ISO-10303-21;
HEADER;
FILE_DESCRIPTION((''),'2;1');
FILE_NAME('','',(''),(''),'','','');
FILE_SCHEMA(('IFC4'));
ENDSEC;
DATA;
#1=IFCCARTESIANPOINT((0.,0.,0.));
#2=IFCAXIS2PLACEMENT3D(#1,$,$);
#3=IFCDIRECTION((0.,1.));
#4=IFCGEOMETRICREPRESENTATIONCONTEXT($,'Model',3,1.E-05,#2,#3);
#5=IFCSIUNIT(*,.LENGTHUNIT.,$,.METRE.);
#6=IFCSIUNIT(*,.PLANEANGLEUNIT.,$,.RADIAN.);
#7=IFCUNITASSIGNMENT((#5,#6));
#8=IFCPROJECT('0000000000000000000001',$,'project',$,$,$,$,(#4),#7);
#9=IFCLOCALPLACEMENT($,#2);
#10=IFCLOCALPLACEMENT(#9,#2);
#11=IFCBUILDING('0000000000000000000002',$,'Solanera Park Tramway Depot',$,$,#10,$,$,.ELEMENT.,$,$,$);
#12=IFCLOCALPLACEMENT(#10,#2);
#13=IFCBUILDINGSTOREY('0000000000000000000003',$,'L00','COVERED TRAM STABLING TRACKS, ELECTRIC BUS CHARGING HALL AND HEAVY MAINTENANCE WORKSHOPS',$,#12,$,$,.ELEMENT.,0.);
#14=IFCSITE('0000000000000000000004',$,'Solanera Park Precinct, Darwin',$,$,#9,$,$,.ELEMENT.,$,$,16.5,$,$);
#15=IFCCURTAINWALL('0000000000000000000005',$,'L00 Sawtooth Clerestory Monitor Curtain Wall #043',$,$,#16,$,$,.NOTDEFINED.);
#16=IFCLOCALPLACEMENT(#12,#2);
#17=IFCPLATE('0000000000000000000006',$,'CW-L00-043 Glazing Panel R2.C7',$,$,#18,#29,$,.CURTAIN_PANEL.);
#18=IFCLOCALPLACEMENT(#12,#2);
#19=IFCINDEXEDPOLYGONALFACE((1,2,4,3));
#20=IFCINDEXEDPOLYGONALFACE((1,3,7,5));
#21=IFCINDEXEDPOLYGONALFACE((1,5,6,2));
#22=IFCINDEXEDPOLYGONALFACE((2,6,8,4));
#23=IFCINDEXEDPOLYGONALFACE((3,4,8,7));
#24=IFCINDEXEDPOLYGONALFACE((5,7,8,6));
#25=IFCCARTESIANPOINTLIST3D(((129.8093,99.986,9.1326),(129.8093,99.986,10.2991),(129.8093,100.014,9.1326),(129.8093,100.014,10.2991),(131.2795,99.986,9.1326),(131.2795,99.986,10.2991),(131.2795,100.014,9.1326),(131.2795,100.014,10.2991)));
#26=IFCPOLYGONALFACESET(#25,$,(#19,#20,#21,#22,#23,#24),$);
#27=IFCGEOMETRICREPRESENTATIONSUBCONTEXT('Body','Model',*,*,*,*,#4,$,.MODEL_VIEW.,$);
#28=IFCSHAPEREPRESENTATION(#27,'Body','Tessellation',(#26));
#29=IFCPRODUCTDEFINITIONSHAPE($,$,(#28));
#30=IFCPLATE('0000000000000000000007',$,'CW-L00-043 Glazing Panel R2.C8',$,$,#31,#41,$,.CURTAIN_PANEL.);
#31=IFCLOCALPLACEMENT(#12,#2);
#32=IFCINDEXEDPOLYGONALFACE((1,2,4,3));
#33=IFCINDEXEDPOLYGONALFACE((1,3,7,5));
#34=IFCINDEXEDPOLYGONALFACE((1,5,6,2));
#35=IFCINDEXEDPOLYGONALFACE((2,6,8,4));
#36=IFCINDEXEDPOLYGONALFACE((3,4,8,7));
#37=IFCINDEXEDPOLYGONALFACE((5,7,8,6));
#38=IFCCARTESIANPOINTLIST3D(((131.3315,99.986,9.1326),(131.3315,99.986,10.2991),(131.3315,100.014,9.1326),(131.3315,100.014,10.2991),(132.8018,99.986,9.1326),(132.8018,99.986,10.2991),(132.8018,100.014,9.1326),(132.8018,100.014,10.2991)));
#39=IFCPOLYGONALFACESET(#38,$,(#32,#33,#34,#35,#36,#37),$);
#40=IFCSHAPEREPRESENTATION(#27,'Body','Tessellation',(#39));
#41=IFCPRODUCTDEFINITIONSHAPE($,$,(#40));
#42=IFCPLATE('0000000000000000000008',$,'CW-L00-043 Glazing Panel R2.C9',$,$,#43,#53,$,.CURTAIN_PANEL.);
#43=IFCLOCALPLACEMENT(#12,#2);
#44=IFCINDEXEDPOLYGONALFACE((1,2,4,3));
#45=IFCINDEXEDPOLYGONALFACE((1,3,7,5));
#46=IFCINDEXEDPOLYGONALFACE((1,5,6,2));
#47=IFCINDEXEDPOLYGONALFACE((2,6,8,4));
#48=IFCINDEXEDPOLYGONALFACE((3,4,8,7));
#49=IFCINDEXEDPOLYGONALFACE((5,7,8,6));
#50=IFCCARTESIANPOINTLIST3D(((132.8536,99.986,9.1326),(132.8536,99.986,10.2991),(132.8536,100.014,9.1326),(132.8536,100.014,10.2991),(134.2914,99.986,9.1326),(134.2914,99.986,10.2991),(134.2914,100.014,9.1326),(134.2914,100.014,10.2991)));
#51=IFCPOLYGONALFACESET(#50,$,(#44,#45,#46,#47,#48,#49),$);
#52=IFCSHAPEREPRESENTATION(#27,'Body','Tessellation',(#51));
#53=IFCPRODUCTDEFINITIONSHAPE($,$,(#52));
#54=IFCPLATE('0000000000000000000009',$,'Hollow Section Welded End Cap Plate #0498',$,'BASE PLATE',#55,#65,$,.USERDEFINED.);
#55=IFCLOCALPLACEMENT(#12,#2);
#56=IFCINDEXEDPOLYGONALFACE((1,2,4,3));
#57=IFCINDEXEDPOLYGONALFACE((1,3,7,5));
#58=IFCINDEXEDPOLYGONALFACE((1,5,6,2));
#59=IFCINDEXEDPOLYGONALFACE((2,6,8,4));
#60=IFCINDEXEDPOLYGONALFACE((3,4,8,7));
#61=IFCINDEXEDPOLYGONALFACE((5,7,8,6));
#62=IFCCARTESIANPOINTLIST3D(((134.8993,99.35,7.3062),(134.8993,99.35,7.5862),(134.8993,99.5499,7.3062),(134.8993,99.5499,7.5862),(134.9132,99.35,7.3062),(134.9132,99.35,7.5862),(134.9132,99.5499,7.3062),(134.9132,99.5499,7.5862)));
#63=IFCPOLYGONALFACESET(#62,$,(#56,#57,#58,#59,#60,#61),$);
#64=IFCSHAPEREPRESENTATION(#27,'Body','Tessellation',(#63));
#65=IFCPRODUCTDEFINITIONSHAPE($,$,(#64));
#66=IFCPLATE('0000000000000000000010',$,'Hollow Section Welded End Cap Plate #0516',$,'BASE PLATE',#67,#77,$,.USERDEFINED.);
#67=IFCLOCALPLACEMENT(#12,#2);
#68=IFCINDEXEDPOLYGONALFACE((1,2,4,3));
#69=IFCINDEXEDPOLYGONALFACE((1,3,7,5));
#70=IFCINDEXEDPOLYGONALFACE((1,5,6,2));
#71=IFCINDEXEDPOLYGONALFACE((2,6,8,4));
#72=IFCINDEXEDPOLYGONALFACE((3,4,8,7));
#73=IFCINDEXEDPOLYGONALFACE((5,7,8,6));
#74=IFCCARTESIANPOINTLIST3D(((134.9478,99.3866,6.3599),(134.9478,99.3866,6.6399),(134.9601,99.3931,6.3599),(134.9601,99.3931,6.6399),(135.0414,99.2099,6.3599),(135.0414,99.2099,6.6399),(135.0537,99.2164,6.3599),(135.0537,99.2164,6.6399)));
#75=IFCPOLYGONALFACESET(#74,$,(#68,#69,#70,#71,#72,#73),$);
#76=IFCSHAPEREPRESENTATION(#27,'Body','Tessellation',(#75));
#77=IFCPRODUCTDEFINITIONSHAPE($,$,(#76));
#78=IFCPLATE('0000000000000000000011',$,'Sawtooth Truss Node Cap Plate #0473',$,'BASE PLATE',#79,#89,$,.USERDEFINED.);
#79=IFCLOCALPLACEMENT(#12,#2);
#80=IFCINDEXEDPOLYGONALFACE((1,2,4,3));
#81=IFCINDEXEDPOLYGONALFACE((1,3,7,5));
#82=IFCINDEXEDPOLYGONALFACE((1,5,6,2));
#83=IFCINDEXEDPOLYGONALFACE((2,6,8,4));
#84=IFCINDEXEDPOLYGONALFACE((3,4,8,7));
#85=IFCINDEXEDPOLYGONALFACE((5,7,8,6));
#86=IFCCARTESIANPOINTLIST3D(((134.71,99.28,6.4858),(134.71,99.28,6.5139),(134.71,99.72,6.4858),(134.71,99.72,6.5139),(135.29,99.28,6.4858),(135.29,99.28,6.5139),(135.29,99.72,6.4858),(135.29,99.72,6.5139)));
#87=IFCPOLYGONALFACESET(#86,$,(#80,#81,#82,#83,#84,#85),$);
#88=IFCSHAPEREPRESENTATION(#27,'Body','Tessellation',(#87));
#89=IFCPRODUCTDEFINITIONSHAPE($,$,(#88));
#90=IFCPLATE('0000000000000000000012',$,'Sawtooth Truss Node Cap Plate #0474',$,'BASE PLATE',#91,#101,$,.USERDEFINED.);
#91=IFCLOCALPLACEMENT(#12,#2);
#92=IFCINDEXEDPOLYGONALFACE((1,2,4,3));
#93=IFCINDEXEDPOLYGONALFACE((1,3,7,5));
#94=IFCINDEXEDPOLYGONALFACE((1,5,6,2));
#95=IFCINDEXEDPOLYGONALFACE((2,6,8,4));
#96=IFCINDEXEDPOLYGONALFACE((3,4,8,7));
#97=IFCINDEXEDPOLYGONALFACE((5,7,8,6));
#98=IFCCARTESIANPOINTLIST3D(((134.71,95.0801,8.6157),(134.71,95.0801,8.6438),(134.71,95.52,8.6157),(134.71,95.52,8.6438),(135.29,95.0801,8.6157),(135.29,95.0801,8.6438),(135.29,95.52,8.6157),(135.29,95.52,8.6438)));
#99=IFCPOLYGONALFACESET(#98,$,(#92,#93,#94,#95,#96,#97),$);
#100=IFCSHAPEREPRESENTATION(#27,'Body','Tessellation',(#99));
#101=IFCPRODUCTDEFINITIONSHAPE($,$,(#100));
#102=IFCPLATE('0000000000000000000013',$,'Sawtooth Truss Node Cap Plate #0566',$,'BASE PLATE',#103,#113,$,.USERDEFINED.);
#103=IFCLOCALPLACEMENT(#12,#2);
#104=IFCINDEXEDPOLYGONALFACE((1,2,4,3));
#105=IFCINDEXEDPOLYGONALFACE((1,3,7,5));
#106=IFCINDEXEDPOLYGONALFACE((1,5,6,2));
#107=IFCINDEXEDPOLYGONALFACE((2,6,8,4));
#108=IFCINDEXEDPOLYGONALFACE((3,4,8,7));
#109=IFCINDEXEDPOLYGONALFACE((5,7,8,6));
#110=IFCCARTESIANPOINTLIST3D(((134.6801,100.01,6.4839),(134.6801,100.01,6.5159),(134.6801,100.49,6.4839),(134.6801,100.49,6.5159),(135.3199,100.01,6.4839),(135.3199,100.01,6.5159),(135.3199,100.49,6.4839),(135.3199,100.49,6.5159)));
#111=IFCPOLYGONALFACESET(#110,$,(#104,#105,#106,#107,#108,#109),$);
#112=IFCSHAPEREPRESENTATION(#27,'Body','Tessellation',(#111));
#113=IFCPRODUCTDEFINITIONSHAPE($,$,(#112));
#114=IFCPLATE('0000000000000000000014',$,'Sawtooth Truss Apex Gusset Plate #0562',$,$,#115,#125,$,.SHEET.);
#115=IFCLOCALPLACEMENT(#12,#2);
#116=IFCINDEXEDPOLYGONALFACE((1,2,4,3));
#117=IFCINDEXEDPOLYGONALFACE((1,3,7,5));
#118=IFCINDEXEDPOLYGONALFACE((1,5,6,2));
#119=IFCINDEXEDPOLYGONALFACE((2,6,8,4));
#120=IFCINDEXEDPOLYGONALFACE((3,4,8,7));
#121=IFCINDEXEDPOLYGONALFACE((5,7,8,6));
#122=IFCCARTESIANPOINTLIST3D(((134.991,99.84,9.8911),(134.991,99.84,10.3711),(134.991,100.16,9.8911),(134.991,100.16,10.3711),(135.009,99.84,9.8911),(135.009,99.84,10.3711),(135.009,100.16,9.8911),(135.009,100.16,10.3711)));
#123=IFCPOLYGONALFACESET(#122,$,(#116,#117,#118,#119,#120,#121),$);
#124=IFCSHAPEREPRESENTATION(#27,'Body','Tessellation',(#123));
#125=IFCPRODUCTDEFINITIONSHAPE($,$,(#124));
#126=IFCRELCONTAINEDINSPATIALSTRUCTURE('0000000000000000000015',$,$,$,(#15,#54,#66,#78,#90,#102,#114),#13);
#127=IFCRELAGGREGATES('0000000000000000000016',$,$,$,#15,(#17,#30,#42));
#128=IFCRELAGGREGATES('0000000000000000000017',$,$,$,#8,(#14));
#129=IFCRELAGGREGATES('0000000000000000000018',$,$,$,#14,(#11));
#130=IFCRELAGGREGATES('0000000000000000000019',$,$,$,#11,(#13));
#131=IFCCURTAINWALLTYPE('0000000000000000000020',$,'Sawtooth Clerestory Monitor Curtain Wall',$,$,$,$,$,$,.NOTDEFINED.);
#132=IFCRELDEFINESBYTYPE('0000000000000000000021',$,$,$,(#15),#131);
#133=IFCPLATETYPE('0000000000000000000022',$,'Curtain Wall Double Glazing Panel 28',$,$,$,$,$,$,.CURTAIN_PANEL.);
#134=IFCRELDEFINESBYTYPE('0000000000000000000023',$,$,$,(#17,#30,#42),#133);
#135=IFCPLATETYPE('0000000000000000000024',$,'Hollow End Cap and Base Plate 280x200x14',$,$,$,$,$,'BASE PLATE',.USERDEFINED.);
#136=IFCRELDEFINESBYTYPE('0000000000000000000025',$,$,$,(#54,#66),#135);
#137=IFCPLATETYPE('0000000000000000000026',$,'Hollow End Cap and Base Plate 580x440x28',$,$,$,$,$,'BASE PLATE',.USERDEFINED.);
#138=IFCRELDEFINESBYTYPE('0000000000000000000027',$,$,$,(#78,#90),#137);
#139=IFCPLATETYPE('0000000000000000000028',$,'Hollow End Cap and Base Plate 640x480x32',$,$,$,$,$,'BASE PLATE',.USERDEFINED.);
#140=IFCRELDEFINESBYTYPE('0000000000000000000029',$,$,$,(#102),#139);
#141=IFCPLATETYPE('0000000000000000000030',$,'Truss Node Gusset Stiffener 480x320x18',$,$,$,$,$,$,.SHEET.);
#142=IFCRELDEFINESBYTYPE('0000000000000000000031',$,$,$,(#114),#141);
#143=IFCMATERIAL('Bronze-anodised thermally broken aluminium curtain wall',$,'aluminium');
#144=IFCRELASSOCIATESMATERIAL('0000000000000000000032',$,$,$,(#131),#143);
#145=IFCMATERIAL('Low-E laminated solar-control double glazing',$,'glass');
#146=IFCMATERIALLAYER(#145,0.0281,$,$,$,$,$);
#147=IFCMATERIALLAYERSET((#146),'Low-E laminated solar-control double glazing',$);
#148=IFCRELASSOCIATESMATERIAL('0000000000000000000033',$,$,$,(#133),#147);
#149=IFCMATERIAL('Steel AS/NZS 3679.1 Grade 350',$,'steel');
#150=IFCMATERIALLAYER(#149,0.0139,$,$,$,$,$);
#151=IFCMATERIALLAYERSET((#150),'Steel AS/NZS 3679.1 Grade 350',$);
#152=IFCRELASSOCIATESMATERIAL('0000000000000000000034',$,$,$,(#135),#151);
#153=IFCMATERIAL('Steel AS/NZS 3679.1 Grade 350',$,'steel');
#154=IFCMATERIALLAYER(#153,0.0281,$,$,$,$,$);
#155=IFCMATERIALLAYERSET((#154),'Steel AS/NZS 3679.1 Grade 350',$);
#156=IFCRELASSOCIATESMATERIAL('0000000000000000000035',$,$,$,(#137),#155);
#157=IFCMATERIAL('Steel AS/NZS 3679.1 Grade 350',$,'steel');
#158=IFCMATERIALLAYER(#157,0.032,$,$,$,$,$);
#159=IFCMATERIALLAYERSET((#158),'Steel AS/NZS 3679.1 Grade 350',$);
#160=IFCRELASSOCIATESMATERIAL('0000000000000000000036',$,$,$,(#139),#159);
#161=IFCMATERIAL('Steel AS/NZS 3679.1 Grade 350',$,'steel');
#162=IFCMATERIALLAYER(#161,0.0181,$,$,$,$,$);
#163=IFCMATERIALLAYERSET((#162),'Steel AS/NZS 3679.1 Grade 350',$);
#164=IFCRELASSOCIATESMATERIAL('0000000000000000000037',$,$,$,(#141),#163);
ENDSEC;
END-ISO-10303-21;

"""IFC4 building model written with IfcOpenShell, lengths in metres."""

from ifc_helpers import new_model, si_unit, direction, frame, origin, origin_2d, place, context, subcontext, project, spatial, rectangle, extrude, material, layer, layer_set, type_object, element, aggregate, save


model = new_model("IFC4")

# Units and contexts
model_context = context("Model", 3, precision=1e-05, world=origin(), true_north=direction((0.0, 1.0)))
body_context = subcontext(model_context, "Body", "Model", "MODEL_VIEW")
ifc_project = project(units=[si_unit("LENGTHUNIT", "METRE"), si_unit("PLANEANGLEUNIT", "RADIAN")], contexts=[model_context])

# Site, building, storey
site_placement = place(None, origin())
site = spatial("IfcSite", under=ifc_project, at=site_placement, Name="Solanera Park Precinct, Darwin", CompositionType="ELEMENT", RefElevation=16.5)
building_placement = place(site_placement, origin())
building = spatial("IfcBuilding", under=site, at=building_placement, Name="Solanera Park Tramway Depot", CompositionType="ELEMENT")
storey_placement = place(building_placement, origin())
storey = spatial("IfcBuildingStorey", under=building, at=storey_placement, Name="L00", Description="COVERED TRAM STABLING TRACKS, ELECTRIC BUS CHARGING HALL AND HEAVY MAINTENANCE WORKSHOPS", CompositionType="ELEMENT", Elevation=0.0)

# Curtain wall
ifc_material_1 = material(Name="Bronze-anodised thermally broken aluminium curtain wall", Category="aluminium")
curtain_wall_type = type_object("IfcCurtainWallType", Name="Sawtooth Clerestory Monitor Curtain Wall", PredefinedType="NOTDEFINED", material=ifc_material_1)
curtain_wall_placement = place(storey_placement, origin())
curtain_wall = element("IfcCurtainWall", 1, at=curtain_wall_placement, inside=storey, type_object=curtain_wall_type, Name="L00 Sawtooth Clerestory Monitor Curtain Wall #043", PredefinedType="NOTDEFINED")

# Plates
ifc_material_2 = material(Name="Low-E laminated solar-control double glazing", Category="glass")
ifc_layer_1 = layer(ifc_material_2, 0.0281)
ifc_layer_set_1 = layer_set([ifc_layer_1], Name="Low-E laminated solar-control double glazing")
plate_type_1 = type_object("IfcPlateType", Name="Curtain Wall Double Glazing Panel 28", PredefinedType="CURTAIN_PANEL", material=ifc_layer_set_1)
plate_1_placement = place(storey_placement, frame((130.5444, 100.0, 9.1326), z_axis=(0.0, 0.0, 1.0), x_axis=(1.0, 0.0, 0.0)))
plate_1 = element("IfcPlate", 2, at=plate_1_placement, type_object=plate_type_1, Name="CW-L00-043 Glazing Panel R2.C7", PredefinedType="CURTAIN_PANEL", context=body_context, shape_type="SweptSolid", body=[
    extrude(rectangle(XDim=1.4702, YDim=0.0281, at=origin_2d()), origin(), (0.0, 0.0, 1.0), 1.1665),
])
plate_2_placement = place(storey_placement, frame((132.0667, 100.0, 9.1326), z_axis=(0.0, 0.0, 1.0), x_axis=(1.0, 0.0, 0.0)))
plate_2 = element("IfcPlate", 3, at=plate_2_placement, type_object=plate_type_1, Name="CW-L00-043 Glazing Panel R2.C8", PredefinedType="CURTAIN_PANEL", context=body_context, shape_type="SweptSolid", body=[
    extrude(rectangle(XDim=1.4702, YDim=0.0281, at=origin_2d()), origin(), (0.0, 0.0, 1.0), 1.1665),
])
plate_3_placement = place(storey_placement, frame((133.5725, 100.0, 9.1326), z_axis=(0.0, 0.0, 1.0), x_axis=(1.0, 0.0, 0.0)))
plate_3 = element("IfcPlate", 4, at=plate_3_placement, type_object=plate_type_1, Name="CW-L00-043 Glazing Panel R2.C9", PredefinedType="CURTAIN_PANEL", context=body_context, shape_type="SweptSolid", body=[
    extrude(rectangle(XDim=1.4377, YDim=0.0281, at=origin_2d()), origin(), (0.0, 0.0, 1.0), 1.1665),
])
aggregate(curtain_wall, [plate_1, plate_2, plate_3])

# Plates
ifc_material_3 = material(Name="Steel AS/NZS 3679.1 Grade 350", Category="steel")
ifc_layer_2 = layer(ifc_material_3, 0.0139)
ifc_layer_set_2 = layer_set([ifc_layer_2], Name="Steel AS/NZS 3679.1 Grade 350")
plate_type_2 = type_object("IfcPlateType", Name="Hollow End Cap and Base Plate 280x200x14", ElementType="BASE PLATE", PredefinedType="USERDEFINED", material=ifc_layer_set_2)
for number, where, z_axis, x_axis, name in (
    (5, (134.9062, 99.45, 7.3062), (0.0, 0.0, 1.0), (1.0, 0.0, 0.0), "Hollow Section Welded End Cap Plate #0498"),
    (6, (135.0007, 99.3015, 6.3599), (0.0, 0.0, 1.0), (0.883521, 0.468392, 0.0), "Hollow Section Welded End Cap Plate #0516"),
):
    element("IfcPlate", number, at=place(storey_placement, frame(where, z_axis=z_axis, x_axis=x_axis)), inside=storey, type_object=plate_type_2, Name=name, ObjectType="BASE PLATE", PredefinedType="USERDEFINED", context=body_context, shape_type="SweptSolid", body=[
        extrude(rectangle(XDim=0.0139, YDim=0.2, at=origin_2d()), origin(), (0.0, 0.0, 1.0), 0.28),
    ])
ifc_material_4 = material(Name="Steel AS/NZS 3679.1 Grade 350", Category="steel")
ifc_layer_3 = layer(ifc_material_4, 0.0281)
ifc_layer_set_3 = layer_set([ifc_layer_3], Name="Steel AS/NZS 3679.1 Grade 350")
plate_type_3 = type_object("IfcPlateType", Name="Hollow End Cap and Base Plate 580x440x28", ElementType="BASE PLATE", PredefinedType="USERDEFINED", material=ifc_layer_set_3)
for number, where, z_axis, x_axis, name in (
    (7, (135.0, 99.5, 6.4858), (0.0, 0.0, 1.0), (1.0, 0.0, 0.0), "Sawtooth Truss Node Cap Plate #0473"),
    (8, (135.0, 95.3, 8.6157), (0.0, 0.0, 1.0), (1.0, 0.0, 0.0), "Sawtooth Truss Node Cap Plate #0474"),
):
    element("IfcPlate", number, at=place(storey_placement, frame(where, z_axis=z_axis, x_axis=x_axis)), inside=storey, type_object=plate_type_3, Name=name, ObjectType="BASE PLATE", PredefinedType="USERDEFINED", context=body_context, shape_type="SweptSolid", body=[
        extrude(rectangle(XDim=0.5801, YDim=0.4399, at=origin_2d()), origin(), (0.0, 0.0, 1.0), 0.0281),
    ])
ifc_material_5 = material(Name="Steel AS/NZS 3679.1 Grade 350", Category="steel")
ifc_layer_4 = layer(ifc_material_5, 0.032)
ifc_layer_set_4 = layer_set([ifc_layer_4], Name="Steel AS/NZS 3679.1 Grade 350")
plate_type_4 = type_object("IfcPlateType", Name="Hollow End Cap and Base Plate 640x480x32", ElementType="BASE PLATE", PredefinedType="USERDEFINED", material=ifc_layer_set_4)
plate_4_placement = place(storey_placement, frame((135.0, 100.25, 6.4839), z_axis=(0.0, 0.0, 1.0), x_axis=(1.0, 0.0, 0.0)))
element("IfcPlate", 9, at=plate_4_placement, inside=storey, type_object=plate_type_4, Name="Sawtooth Truss Node Cap Plate #0566", ObjectType="BASE PLATE", PredefinedType="USERDEFINED", context=body_context, shape_type="SweptSolid", body=[
    extrude(rectangle(XDim=0.6399, YDim=0.48, at=origin_2d()), origin(), (0.0, 0.0, 1.0), 0.032),
])
ifc_material_6 = material(Name="Steel AS/NZS 3679.1 Grade 350", Category="steel")
ifc_layer_5 = layer(ifc_material_6, 0.0181)
ifc_layer_set_5 = layer_set([ifc_layer_5], Name="Steel AS/NZS 3679.1 Grade 350")
plate_type_5 = type_object("IfcPlateType", Name="Truss Node Gusset Stiffener 480x320x18", PredefinedType="SHEET", material=ifc_layer_set_5)
plate_5_placement = place(storey_placement, frame((135.0, 100.0, 9.8911), z_axis=(0.0, 0.0, 1.0), x_axis=(1.0, 0.0, 0.0)))
element("IfcPlate", 10, at=plate_5_placement, inside=storey, type_object=plate_type_5, Name="Sawtooth Truss Apex Gusset Plate #0562", PredefinedType="SHEET", context=body_context, shape_type="SweptSolid", body=[
    extrude(rectangle(XDim=0.0181, YDim=0.3201, at=origin_2d()), origin(), (0.0, 0.0, 1.0), 0.48),
])

save(model, "model.ifc")
